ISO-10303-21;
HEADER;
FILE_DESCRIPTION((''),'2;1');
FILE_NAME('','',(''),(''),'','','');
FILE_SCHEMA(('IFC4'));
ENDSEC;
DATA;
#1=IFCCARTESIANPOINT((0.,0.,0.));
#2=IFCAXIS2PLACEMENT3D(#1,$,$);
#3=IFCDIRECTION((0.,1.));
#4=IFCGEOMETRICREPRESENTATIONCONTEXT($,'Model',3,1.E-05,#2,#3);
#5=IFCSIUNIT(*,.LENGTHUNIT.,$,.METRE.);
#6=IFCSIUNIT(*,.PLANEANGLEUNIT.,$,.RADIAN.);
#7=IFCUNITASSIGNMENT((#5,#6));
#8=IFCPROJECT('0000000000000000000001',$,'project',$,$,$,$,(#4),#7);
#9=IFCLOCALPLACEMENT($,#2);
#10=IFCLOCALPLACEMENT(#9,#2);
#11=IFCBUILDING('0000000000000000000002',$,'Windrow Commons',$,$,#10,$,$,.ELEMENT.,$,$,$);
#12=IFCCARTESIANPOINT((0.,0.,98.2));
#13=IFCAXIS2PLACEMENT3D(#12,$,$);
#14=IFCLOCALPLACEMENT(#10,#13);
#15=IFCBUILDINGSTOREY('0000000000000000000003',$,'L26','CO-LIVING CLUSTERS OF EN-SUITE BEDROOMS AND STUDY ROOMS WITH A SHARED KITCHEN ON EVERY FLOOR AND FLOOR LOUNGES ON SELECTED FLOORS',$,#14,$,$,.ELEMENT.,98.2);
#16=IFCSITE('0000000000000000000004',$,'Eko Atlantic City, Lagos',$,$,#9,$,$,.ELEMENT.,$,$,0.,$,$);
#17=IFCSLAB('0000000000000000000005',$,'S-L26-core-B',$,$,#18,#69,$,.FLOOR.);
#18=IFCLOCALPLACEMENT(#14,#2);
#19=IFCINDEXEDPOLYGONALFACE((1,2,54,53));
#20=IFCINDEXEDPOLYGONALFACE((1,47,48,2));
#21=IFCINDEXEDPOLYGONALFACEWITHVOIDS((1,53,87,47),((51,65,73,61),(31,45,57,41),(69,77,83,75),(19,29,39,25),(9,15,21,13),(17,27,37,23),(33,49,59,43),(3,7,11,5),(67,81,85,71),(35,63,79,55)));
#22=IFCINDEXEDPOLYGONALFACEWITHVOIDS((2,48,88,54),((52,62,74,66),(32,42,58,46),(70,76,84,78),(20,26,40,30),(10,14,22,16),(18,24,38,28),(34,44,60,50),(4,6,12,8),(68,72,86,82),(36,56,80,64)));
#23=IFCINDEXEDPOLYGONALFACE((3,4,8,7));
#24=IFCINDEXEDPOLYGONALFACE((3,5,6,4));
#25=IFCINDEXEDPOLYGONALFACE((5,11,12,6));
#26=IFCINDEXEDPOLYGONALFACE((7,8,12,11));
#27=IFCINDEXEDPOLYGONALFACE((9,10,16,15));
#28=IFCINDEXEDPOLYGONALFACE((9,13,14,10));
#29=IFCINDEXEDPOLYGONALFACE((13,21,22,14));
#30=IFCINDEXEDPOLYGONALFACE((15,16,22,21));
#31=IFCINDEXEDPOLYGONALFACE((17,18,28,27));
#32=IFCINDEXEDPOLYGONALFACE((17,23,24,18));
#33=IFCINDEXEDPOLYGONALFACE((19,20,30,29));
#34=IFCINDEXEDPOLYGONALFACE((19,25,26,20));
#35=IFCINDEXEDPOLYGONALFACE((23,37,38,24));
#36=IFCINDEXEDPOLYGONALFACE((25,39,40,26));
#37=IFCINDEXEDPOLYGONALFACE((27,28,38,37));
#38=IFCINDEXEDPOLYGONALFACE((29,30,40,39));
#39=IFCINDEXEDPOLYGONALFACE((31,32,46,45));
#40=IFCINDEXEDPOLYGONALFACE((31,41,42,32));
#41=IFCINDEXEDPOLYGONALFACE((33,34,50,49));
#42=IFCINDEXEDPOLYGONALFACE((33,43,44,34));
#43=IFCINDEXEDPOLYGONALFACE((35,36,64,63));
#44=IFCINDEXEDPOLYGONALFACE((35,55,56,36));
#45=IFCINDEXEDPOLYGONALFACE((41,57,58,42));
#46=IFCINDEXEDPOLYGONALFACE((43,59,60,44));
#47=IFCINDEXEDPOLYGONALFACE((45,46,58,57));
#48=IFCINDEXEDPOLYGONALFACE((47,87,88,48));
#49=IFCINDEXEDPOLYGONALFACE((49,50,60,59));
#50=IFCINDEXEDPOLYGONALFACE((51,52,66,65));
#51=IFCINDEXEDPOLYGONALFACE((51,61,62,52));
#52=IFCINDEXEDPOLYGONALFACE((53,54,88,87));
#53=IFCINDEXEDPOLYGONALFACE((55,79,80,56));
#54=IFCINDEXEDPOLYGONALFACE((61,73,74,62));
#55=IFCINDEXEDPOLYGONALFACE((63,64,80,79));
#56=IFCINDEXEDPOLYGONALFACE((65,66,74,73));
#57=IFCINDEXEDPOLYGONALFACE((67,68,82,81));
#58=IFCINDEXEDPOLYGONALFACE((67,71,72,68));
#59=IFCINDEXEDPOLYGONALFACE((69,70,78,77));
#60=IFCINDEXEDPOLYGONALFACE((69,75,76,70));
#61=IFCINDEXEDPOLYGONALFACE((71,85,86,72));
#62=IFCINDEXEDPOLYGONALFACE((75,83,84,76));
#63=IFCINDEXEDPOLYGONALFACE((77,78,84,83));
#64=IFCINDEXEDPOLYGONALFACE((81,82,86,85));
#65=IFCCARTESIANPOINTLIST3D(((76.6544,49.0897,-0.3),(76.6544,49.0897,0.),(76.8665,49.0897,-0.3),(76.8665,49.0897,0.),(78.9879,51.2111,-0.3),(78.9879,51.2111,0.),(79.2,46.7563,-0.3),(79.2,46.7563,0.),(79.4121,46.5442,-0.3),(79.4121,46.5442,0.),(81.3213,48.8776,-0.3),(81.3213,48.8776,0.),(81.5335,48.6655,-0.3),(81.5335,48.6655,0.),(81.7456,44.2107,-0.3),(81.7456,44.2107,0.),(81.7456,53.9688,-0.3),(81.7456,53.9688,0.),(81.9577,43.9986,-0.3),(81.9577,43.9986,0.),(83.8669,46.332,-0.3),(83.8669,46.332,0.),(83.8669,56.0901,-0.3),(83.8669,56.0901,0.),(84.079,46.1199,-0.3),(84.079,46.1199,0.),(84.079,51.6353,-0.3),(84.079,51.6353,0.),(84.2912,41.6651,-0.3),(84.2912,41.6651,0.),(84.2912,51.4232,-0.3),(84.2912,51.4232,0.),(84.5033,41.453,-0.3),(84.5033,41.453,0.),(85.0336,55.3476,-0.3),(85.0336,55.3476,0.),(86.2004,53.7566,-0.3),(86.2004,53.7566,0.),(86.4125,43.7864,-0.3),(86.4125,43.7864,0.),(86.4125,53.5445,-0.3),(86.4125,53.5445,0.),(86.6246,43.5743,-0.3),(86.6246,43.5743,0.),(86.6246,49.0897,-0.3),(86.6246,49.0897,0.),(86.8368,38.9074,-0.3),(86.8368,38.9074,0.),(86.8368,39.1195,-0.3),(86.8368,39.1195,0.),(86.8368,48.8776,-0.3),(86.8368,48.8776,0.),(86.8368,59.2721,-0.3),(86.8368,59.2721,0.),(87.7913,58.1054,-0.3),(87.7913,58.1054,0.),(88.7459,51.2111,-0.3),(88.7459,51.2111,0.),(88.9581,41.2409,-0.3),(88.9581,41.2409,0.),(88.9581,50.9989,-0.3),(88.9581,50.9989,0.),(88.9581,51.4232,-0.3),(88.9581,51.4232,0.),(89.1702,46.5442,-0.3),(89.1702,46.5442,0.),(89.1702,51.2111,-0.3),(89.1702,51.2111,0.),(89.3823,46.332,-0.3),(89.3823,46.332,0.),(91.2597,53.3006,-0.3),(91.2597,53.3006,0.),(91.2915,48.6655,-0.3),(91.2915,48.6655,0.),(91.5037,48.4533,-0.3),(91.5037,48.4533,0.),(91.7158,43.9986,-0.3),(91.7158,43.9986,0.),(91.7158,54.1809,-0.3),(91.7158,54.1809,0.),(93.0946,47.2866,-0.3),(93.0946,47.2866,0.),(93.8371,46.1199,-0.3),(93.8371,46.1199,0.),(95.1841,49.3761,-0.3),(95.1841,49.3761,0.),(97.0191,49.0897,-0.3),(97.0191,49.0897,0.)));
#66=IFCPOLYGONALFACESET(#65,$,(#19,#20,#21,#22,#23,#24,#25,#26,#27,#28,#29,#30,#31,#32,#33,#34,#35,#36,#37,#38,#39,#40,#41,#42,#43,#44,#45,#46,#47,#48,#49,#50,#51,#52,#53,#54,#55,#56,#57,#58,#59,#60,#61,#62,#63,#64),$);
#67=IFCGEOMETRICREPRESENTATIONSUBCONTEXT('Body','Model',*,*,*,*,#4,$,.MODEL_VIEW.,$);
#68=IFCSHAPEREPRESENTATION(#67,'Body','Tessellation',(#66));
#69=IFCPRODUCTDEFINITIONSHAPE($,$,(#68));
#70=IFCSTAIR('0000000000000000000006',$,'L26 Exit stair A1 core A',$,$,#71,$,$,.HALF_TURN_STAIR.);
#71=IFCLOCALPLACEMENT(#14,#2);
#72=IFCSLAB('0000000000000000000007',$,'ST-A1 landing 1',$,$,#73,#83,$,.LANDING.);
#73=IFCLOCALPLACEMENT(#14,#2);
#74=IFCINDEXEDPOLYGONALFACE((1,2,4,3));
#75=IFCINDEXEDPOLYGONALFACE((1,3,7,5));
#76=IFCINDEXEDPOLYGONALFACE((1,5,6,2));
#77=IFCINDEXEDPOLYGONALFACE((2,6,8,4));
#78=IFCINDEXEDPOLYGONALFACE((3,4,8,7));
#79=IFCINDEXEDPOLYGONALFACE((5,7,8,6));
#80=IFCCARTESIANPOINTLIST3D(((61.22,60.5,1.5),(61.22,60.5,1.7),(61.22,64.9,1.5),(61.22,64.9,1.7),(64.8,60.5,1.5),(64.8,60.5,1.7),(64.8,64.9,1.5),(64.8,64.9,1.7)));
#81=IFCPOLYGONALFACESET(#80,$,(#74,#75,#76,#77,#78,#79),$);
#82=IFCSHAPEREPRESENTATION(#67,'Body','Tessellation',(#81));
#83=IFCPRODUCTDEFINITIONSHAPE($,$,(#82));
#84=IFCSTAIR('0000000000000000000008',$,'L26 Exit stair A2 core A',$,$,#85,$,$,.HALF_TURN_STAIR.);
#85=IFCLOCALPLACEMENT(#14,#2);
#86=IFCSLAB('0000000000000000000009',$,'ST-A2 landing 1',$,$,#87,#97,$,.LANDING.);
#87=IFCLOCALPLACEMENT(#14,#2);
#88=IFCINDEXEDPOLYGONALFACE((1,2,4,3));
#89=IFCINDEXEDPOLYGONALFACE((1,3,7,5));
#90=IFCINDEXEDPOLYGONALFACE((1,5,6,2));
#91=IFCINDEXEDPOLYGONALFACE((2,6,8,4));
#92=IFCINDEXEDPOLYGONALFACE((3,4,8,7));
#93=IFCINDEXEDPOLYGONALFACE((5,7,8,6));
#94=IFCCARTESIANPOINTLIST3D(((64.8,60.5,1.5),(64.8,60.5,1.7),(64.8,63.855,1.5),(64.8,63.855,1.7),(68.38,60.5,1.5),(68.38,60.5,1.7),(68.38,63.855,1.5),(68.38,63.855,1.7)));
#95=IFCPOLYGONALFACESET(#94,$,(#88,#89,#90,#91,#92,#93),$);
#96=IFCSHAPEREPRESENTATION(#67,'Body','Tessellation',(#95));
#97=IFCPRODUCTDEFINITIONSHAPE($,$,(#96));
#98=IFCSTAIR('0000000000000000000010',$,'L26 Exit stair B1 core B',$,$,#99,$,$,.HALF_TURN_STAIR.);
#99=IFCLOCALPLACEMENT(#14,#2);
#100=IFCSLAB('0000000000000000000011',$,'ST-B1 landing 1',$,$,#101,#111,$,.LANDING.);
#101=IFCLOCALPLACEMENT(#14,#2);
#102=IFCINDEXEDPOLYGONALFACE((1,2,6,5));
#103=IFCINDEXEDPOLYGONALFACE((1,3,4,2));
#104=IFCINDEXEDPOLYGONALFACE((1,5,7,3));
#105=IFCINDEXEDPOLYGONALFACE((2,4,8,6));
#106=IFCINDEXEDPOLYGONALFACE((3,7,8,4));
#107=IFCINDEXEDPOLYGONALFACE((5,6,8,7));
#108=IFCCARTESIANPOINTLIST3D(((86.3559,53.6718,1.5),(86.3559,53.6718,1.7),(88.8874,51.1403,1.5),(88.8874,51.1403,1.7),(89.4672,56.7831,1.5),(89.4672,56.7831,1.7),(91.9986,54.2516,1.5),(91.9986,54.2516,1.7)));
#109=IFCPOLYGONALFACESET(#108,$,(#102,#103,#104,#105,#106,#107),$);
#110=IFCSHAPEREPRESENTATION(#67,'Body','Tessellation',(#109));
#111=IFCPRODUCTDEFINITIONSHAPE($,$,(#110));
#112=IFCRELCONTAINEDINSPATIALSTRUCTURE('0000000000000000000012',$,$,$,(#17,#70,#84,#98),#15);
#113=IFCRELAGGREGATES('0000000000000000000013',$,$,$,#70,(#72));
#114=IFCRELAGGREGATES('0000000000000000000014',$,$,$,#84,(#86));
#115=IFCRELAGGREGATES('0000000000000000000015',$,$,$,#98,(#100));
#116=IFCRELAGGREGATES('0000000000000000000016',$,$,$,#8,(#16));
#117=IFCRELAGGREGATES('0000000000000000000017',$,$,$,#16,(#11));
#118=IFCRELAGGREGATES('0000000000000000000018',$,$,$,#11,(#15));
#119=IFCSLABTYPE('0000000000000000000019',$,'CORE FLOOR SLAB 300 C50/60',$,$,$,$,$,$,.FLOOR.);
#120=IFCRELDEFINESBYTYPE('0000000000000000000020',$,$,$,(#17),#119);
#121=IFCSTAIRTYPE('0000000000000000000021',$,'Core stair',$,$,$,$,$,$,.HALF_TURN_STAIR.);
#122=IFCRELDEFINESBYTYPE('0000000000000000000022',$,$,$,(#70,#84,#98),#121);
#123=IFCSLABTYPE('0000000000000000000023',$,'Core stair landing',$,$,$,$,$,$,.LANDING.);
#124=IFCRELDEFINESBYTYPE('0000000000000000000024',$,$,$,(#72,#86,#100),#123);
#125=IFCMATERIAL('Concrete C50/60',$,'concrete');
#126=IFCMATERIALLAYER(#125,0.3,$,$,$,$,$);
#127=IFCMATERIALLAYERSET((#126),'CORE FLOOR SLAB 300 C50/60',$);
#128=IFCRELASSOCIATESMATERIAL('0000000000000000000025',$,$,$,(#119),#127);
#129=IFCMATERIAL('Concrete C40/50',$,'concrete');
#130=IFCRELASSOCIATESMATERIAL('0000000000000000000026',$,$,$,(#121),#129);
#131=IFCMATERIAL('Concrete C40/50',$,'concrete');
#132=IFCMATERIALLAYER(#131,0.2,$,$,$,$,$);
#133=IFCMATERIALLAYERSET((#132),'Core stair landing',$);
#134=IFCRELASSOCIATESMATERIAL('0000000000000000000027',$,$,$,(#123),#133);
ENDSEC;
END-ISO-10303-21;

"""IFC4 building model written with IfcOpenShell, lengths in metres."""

from ifc_helpers import new_model, si_unit, direction, frame, origin, place, context, subcontext, project, spatial, polyline, outline, extrude, material, layer, layer_set, type_object, element, aggregate, save


model = new_model("IFC4")

# Units and contexts
model_context = context("Model", 3, precision=1e-05, world=origin(), true_north=direction((0.0, 1.0)))
body_context = subcontext(model_context, "Body", "Model", "MODEL_VIEW")
ifc_project = project(units=[si_unit("LENGTHUNIT", "METRE"), si_unit("PLANEANGLEUNIT", "RADIAN")], contexts=[model_context])

# Site, building, storey
site_placement = place(None, origin())
site = spatial("IfcSite", under=ifc_project, at=site_placement, Name="Eko Atlantic City, Lagos", CompositionType="ELEMENT", RefElevation=0.0)
building_placement = place(site_placement, origin())
building = spatial("IfcBuilding", under=site, at=building_placement, Name="Windrow Commons", CompositionType="ELEMENT")
storey_placement = place(building_placement, frame((0.0, 0.0, 98.2)))
storey = spatial("IfcBuildingStorey", under=building, at=storey_placement, Name="L26", Description="CO-LIVING CLUSTERS OF EN-SUITE BEDROOMS AND STUDY ROOMS WITH A SHARED KITCHEN ON EVERY FLOOR AND FLOOR LOUNGES ON SELECTED FLOORS", CompositionType="ELEMENT", Elevation=98.2)

# Slab, openings
ifc_material_1 = material(Name="Concrete C50/60", Category="concrete")
ifc_layer_1 = layer(ifc_material_1, 0.3)
ifc_layer_set_1 = layer_set([ifc_layer_1], Name="CORE FLOOR SLAB 300 C50/60")
slab_type_1 = type_object("IfcSlabType", Name="CORE FLOOR SLAB 300 C50/60", PredefinedType="FLOOR", material=ifc_layer_set_1)
placement_1 = place(storey_placement, frame((0.0, 0.0, -0.3)))
slab_1 = element("IfcSlab", 1, at=placement_1, inside=storey, type_object=slab_type_1, Name="S-L26-core-B", PredefinedType="FLOOR", context=body_context, shape_type="SweptSolid", body=[
    extrude(outline(polyline([(76.6544, 49.0897), (86.8368, 38.9074), (97.0191, 49.0897), (86.8368, 59.2721), (76.6544, 49.0897)]), holes=[polyline([(76.8665, 49.0897), (79.2, 46.7563), (81.3213, 48.8776), (78.9879, 51.2111), (76.8665, 49.0897)]), polyline([(79.4121, 46.5442), (81.7456, 44.2107), (83.8669, 46.332), (81.5335, 48.6655), (79.4121, 46.5442)]), polyline([(81.9577, 43.9986), (84.2912, 41.6651), (86.4125, 43.7864), (84.079, 46.1199), (81.9577, 43.9986)]), polyline([(84.5033, 41.453), (86.8368, 39.1195), (88.9581, 41.2409), (86.6246, 43.5743), (84.5033, 41.453)]), polyline([(81.7456, 53.9688), (84.079, 51.6353), (86.2004, 53.7566), (83.8669, 56.0901), (81.7456, 53.9688)]), polyline([(84.2912, 51.4232), (86.6246, 49.0897), (88.7459, 51.2111), (86.4125, 53.5445), (84.2912, 51.4232)]), polyline([(86.8368, 48.8776), (89.1702, 46.5442), (91.2915, 48.6655), (88.9581, 50.9989), (86.8368, 48.8776)]), polyline([(89.3823, 46.332), (91.7158, 43.9986), (93.8371, 46.1199), (91.5037, 48.4533), (89.3823, 46.332)]), polyline([(85.0336, 55.3476), (88.9581, 51.4232), (91.7158, 54.1809), (87.7913, 58.1054), (85.0336, 55.3476)]), polyline([(89.1702, 51.2111), (93.0946, 47.2866), (95.1841, 49.3761), (91.2597, 53.3006), (89.1702, 51.2111)])]), origin(), (0.0, 0.0, 1.0), 0.3),
])
opening_1_placement = place(placement_1, origin())
element("IfcOpeningElement", 2, at=opening_1_placement, cuts=slab_1, PredefinedType="OPENING", context=body_context, shape_type="SweptSolid", body=[
    extrude(outline(polyline([(76.8736, 49.0897), (78.9879, 51.204), (81.3142, 48.8776), (79.2, 46.7634), (76.8736, 49.0897)])), origin(), (0.0, 0.0, 1.0), 0.3),
])
opening_2_placement = place(placement_1, origin())
element("IfcOpeningElement", 3, at=opening_2_placement, cuts=slab_1, PredefinedType="OPENING", context=body_context, shape_type="SweptSolid", body=[
    extrude(outline(polyline([(79.4192, 46.5442), (81.5335, 48.6584), (83.8598, 46.332), (81.7456, 44.2178), (79.4192, 46.5442)])), origin(), (0.0, 0.0, 1.0), 0.3),
])
opening_3_placement = place(placement_1, origin())
element("IfcOpeningElement", 4, at=opening_3_placement, cuts=slab_1, PredefinedType="OPENING", context=body_context, shape_type="SweptSolid", body=[
    extrude(outline(polyline([(81.9648, 43.9986), (84.079, 46.1128), (86.4054, 43.7864), (84.2912, 41.6722), (81.9648, 43.9986)])), origin(), (0.0, 0.0, 1.0), 0.3),
])
opening_4_placement = place(placement_1, origin())
element("IfcOpeningElement", 5, at=opening_4_placement, cuts=slab_1, PredefinedType="OPENING", context=body_context, shape_type="SweptSolid", body=[
    extrude(outline(polyline([(84.5104, 41.453), (86.6246, 43.5672), (88.951, 41.2409), (86.8368, 39.1266), (84.5104, 41.453)])), origin(), (0.0, 0.0, 1.0), 0.3),
])
opening_5_placement = place(placement_1, origin())
element("IfcOpeningElement", 6, at=opening_5_placement, cuts=slab_1, PredefinedType="OPENING", context=body_context, shape_type="SweptSolid", body=[
    extrude(outline(polyline([(81.7527, 53.9688), (83.8669, 56.083), (86.1933, 53.7566), (84.079, 51.6424), (81.7527, 53.9688)])), origin(), (0.0, 0.0, 1.0), 0.3),
])
opening_6_placement = place(placement_1, origin())
element("IfcOpeningElement", 7, at=opening_6_placement, cuts=slab_1, PredefinedType="OPENING", context=body_context, shape_type="SweptSolid", body=[
    extrude(outline(polyline([(84.2983, 51.4232), (86.4125, 53.5374), (88.7388, 51.2111), (86.6246, 49.0968), (84.2983, 51.4232)])), origin(), (0.0, 0.0, 1.0), 0.3),
])
opening_7_placement = place(placement_1, origin())
element("IfcOpeningElement", 8, at=opening_7_placement, cuts=slab_1, PredefinedType="OPENING", context=body_context, shape_type="SweptSolid", body=[
    extrude(outline(polyline([(86.8439, 48.8776), (88.9581, 50.9918), (91.2844, 48.6655), (89.1702, 46.5513), (86.8439, 48.8776)])), origin(), (0.0, 0.0, 1.0), 0.3),
])
opening_8_placement = place(placement_1, origin())
element("IfcOpeningElement", 9, at=opening_8_placement, cuts=slab_1, PredefinedType="OPENING", context=body_context, shape_type="SweptSolid", body=[
    extrude(outline(polyline([(89.3894, 46.332), (91.5037, 48.4462), (93.83, 46.1199), (91.7158, 44.0057), (89.3894, 46.332)])), origin(), (0.0, 0.0, 1.0), 0.3),
])
opening_9_placement = place(placement_1, origin())
element("IfcOpeningElement", 10, at=opening_9_placement, cuts=slab_1, PredefinedType="OPENING", context=body_context, shape_type="SweptSolid", body=[
    extrude(outline(polyline([(85.0407, 55.3476), (87.7913, 58.0983), (91.7087, 54.1809), (88.9581, 51.4303), (85.0407, 55.3476)])), origin(), (0.0, 0.0, 1.0), 0.3),
])
opening_10_placement = place(placement_1, origin())
element("IfcOpeningElement", 11, at=opening_10_placement, cuts=slab_1, PredefinedType="OPENING", context=body_context, shape_type="SweptSolid", body=[
    extrude(outline(polyline([(89.1773, 51.2111), (91.2597, 53.2935), (95.177, 49.3761), (93.0946, 47.2937), (89.1773, 51.2111)])), origin(), (0.0, 0.0, 1.0), 0.3),
])

# Stairs, slabs
ifc_material_2 = material(Name="Concrete C40/50", Category="concrete")
stair_type = type_object("IfcStairType", Name="Core stair", PredefinedType="HALF_TURN_STAIR", material=ifc_material_2)
placement_2 = place(storey_placement, origin())
stair_1 = element("IfcStair", 12, at=placement_2, inside=storey, type_object=stair_type, Name="L26 Exit stair A1 core A", PredefinedType="HALF_TURN_STAIR")
ifc_material_3 = material(Name="Concrete C40/50", Category="concrete")
ifc_layer_2 = layer(ifc_material_3, 0.2)
ifc_layer_set_2 = layer_set([ifc_layer_2], Name="Core stair landing")
slab_type_2 = type_object("IfcSlabType", Name="Core stair landing", PredefinedType="LANDING", material=ifc_layer_set_2)
placement_3 = place(storey_placement, frame((0.0, 0.0, 1.5)))
slab_2 = element("IfcSlab", 13, at=placement_3, type_object=slab_type_2, Name="ST-A1 landing 1", PredefinedType="LANDING", context=body_context, shape_type="SweptSolid", body=[
    extrude(outline(polyline([(61.22, 60.5), (64.8, 60.5), (64.8, 64.9), (61.22, 64.9), (61.22, 60.5)])), origin(), (0.0, 0.0, 1.0), 0.2),
])
aggregate(stair_1, [slab_2])
stair_2 = element("IfcStair", 14, at=placement_2, inside=storey, type_object=stair_type, Name="L26 Exit stair A2 core A", PredefinedType="HALF_TURN_STAIR")
slab_3 = element("IfcSlab", 15, at=placement_3, type_object=slab_type_2, Name="ST-A2 landing 1", PredefinedType="LANDING", context=body_context, shape_type="SweptSolid", body=[
    extrude(outline(polyline([(64.8, 60.5), (68.38, 60.5), (68.38, 63.855), (64.8, 63.855), (64.8, 60.5)])), origin(), (0.0, 0.0, 1.0), 0.2),
])
aggregate(stair_2, [slab_3])
stair_3 = element("IfcStair", 16, at=placement_2, inside=storey, type_object=stair_type, Name="L26 Exit stair B1 core B", PredefinedType="HALF_TURN_STAIR")
slab_4 = element("IfcSlab", 17, at=placement_3, type_object=slab_type_2, Name="ST-B1 landing 1", PredefinedType="LANDING", context=body_context, shape_type="SweptSolid", body=[
    extrude(outline(polyline([(86.3559, 53.6718), (88.8874, 51.1403), (91.9986, 54.2516), (89.4672, 56.7831), (86.3559, 53.6718)])), origin(), (0.0, 0.0, 1.0), 0.2),
])
aggregate(stair_3, [slab_4])

save(model, "model.ifc")
